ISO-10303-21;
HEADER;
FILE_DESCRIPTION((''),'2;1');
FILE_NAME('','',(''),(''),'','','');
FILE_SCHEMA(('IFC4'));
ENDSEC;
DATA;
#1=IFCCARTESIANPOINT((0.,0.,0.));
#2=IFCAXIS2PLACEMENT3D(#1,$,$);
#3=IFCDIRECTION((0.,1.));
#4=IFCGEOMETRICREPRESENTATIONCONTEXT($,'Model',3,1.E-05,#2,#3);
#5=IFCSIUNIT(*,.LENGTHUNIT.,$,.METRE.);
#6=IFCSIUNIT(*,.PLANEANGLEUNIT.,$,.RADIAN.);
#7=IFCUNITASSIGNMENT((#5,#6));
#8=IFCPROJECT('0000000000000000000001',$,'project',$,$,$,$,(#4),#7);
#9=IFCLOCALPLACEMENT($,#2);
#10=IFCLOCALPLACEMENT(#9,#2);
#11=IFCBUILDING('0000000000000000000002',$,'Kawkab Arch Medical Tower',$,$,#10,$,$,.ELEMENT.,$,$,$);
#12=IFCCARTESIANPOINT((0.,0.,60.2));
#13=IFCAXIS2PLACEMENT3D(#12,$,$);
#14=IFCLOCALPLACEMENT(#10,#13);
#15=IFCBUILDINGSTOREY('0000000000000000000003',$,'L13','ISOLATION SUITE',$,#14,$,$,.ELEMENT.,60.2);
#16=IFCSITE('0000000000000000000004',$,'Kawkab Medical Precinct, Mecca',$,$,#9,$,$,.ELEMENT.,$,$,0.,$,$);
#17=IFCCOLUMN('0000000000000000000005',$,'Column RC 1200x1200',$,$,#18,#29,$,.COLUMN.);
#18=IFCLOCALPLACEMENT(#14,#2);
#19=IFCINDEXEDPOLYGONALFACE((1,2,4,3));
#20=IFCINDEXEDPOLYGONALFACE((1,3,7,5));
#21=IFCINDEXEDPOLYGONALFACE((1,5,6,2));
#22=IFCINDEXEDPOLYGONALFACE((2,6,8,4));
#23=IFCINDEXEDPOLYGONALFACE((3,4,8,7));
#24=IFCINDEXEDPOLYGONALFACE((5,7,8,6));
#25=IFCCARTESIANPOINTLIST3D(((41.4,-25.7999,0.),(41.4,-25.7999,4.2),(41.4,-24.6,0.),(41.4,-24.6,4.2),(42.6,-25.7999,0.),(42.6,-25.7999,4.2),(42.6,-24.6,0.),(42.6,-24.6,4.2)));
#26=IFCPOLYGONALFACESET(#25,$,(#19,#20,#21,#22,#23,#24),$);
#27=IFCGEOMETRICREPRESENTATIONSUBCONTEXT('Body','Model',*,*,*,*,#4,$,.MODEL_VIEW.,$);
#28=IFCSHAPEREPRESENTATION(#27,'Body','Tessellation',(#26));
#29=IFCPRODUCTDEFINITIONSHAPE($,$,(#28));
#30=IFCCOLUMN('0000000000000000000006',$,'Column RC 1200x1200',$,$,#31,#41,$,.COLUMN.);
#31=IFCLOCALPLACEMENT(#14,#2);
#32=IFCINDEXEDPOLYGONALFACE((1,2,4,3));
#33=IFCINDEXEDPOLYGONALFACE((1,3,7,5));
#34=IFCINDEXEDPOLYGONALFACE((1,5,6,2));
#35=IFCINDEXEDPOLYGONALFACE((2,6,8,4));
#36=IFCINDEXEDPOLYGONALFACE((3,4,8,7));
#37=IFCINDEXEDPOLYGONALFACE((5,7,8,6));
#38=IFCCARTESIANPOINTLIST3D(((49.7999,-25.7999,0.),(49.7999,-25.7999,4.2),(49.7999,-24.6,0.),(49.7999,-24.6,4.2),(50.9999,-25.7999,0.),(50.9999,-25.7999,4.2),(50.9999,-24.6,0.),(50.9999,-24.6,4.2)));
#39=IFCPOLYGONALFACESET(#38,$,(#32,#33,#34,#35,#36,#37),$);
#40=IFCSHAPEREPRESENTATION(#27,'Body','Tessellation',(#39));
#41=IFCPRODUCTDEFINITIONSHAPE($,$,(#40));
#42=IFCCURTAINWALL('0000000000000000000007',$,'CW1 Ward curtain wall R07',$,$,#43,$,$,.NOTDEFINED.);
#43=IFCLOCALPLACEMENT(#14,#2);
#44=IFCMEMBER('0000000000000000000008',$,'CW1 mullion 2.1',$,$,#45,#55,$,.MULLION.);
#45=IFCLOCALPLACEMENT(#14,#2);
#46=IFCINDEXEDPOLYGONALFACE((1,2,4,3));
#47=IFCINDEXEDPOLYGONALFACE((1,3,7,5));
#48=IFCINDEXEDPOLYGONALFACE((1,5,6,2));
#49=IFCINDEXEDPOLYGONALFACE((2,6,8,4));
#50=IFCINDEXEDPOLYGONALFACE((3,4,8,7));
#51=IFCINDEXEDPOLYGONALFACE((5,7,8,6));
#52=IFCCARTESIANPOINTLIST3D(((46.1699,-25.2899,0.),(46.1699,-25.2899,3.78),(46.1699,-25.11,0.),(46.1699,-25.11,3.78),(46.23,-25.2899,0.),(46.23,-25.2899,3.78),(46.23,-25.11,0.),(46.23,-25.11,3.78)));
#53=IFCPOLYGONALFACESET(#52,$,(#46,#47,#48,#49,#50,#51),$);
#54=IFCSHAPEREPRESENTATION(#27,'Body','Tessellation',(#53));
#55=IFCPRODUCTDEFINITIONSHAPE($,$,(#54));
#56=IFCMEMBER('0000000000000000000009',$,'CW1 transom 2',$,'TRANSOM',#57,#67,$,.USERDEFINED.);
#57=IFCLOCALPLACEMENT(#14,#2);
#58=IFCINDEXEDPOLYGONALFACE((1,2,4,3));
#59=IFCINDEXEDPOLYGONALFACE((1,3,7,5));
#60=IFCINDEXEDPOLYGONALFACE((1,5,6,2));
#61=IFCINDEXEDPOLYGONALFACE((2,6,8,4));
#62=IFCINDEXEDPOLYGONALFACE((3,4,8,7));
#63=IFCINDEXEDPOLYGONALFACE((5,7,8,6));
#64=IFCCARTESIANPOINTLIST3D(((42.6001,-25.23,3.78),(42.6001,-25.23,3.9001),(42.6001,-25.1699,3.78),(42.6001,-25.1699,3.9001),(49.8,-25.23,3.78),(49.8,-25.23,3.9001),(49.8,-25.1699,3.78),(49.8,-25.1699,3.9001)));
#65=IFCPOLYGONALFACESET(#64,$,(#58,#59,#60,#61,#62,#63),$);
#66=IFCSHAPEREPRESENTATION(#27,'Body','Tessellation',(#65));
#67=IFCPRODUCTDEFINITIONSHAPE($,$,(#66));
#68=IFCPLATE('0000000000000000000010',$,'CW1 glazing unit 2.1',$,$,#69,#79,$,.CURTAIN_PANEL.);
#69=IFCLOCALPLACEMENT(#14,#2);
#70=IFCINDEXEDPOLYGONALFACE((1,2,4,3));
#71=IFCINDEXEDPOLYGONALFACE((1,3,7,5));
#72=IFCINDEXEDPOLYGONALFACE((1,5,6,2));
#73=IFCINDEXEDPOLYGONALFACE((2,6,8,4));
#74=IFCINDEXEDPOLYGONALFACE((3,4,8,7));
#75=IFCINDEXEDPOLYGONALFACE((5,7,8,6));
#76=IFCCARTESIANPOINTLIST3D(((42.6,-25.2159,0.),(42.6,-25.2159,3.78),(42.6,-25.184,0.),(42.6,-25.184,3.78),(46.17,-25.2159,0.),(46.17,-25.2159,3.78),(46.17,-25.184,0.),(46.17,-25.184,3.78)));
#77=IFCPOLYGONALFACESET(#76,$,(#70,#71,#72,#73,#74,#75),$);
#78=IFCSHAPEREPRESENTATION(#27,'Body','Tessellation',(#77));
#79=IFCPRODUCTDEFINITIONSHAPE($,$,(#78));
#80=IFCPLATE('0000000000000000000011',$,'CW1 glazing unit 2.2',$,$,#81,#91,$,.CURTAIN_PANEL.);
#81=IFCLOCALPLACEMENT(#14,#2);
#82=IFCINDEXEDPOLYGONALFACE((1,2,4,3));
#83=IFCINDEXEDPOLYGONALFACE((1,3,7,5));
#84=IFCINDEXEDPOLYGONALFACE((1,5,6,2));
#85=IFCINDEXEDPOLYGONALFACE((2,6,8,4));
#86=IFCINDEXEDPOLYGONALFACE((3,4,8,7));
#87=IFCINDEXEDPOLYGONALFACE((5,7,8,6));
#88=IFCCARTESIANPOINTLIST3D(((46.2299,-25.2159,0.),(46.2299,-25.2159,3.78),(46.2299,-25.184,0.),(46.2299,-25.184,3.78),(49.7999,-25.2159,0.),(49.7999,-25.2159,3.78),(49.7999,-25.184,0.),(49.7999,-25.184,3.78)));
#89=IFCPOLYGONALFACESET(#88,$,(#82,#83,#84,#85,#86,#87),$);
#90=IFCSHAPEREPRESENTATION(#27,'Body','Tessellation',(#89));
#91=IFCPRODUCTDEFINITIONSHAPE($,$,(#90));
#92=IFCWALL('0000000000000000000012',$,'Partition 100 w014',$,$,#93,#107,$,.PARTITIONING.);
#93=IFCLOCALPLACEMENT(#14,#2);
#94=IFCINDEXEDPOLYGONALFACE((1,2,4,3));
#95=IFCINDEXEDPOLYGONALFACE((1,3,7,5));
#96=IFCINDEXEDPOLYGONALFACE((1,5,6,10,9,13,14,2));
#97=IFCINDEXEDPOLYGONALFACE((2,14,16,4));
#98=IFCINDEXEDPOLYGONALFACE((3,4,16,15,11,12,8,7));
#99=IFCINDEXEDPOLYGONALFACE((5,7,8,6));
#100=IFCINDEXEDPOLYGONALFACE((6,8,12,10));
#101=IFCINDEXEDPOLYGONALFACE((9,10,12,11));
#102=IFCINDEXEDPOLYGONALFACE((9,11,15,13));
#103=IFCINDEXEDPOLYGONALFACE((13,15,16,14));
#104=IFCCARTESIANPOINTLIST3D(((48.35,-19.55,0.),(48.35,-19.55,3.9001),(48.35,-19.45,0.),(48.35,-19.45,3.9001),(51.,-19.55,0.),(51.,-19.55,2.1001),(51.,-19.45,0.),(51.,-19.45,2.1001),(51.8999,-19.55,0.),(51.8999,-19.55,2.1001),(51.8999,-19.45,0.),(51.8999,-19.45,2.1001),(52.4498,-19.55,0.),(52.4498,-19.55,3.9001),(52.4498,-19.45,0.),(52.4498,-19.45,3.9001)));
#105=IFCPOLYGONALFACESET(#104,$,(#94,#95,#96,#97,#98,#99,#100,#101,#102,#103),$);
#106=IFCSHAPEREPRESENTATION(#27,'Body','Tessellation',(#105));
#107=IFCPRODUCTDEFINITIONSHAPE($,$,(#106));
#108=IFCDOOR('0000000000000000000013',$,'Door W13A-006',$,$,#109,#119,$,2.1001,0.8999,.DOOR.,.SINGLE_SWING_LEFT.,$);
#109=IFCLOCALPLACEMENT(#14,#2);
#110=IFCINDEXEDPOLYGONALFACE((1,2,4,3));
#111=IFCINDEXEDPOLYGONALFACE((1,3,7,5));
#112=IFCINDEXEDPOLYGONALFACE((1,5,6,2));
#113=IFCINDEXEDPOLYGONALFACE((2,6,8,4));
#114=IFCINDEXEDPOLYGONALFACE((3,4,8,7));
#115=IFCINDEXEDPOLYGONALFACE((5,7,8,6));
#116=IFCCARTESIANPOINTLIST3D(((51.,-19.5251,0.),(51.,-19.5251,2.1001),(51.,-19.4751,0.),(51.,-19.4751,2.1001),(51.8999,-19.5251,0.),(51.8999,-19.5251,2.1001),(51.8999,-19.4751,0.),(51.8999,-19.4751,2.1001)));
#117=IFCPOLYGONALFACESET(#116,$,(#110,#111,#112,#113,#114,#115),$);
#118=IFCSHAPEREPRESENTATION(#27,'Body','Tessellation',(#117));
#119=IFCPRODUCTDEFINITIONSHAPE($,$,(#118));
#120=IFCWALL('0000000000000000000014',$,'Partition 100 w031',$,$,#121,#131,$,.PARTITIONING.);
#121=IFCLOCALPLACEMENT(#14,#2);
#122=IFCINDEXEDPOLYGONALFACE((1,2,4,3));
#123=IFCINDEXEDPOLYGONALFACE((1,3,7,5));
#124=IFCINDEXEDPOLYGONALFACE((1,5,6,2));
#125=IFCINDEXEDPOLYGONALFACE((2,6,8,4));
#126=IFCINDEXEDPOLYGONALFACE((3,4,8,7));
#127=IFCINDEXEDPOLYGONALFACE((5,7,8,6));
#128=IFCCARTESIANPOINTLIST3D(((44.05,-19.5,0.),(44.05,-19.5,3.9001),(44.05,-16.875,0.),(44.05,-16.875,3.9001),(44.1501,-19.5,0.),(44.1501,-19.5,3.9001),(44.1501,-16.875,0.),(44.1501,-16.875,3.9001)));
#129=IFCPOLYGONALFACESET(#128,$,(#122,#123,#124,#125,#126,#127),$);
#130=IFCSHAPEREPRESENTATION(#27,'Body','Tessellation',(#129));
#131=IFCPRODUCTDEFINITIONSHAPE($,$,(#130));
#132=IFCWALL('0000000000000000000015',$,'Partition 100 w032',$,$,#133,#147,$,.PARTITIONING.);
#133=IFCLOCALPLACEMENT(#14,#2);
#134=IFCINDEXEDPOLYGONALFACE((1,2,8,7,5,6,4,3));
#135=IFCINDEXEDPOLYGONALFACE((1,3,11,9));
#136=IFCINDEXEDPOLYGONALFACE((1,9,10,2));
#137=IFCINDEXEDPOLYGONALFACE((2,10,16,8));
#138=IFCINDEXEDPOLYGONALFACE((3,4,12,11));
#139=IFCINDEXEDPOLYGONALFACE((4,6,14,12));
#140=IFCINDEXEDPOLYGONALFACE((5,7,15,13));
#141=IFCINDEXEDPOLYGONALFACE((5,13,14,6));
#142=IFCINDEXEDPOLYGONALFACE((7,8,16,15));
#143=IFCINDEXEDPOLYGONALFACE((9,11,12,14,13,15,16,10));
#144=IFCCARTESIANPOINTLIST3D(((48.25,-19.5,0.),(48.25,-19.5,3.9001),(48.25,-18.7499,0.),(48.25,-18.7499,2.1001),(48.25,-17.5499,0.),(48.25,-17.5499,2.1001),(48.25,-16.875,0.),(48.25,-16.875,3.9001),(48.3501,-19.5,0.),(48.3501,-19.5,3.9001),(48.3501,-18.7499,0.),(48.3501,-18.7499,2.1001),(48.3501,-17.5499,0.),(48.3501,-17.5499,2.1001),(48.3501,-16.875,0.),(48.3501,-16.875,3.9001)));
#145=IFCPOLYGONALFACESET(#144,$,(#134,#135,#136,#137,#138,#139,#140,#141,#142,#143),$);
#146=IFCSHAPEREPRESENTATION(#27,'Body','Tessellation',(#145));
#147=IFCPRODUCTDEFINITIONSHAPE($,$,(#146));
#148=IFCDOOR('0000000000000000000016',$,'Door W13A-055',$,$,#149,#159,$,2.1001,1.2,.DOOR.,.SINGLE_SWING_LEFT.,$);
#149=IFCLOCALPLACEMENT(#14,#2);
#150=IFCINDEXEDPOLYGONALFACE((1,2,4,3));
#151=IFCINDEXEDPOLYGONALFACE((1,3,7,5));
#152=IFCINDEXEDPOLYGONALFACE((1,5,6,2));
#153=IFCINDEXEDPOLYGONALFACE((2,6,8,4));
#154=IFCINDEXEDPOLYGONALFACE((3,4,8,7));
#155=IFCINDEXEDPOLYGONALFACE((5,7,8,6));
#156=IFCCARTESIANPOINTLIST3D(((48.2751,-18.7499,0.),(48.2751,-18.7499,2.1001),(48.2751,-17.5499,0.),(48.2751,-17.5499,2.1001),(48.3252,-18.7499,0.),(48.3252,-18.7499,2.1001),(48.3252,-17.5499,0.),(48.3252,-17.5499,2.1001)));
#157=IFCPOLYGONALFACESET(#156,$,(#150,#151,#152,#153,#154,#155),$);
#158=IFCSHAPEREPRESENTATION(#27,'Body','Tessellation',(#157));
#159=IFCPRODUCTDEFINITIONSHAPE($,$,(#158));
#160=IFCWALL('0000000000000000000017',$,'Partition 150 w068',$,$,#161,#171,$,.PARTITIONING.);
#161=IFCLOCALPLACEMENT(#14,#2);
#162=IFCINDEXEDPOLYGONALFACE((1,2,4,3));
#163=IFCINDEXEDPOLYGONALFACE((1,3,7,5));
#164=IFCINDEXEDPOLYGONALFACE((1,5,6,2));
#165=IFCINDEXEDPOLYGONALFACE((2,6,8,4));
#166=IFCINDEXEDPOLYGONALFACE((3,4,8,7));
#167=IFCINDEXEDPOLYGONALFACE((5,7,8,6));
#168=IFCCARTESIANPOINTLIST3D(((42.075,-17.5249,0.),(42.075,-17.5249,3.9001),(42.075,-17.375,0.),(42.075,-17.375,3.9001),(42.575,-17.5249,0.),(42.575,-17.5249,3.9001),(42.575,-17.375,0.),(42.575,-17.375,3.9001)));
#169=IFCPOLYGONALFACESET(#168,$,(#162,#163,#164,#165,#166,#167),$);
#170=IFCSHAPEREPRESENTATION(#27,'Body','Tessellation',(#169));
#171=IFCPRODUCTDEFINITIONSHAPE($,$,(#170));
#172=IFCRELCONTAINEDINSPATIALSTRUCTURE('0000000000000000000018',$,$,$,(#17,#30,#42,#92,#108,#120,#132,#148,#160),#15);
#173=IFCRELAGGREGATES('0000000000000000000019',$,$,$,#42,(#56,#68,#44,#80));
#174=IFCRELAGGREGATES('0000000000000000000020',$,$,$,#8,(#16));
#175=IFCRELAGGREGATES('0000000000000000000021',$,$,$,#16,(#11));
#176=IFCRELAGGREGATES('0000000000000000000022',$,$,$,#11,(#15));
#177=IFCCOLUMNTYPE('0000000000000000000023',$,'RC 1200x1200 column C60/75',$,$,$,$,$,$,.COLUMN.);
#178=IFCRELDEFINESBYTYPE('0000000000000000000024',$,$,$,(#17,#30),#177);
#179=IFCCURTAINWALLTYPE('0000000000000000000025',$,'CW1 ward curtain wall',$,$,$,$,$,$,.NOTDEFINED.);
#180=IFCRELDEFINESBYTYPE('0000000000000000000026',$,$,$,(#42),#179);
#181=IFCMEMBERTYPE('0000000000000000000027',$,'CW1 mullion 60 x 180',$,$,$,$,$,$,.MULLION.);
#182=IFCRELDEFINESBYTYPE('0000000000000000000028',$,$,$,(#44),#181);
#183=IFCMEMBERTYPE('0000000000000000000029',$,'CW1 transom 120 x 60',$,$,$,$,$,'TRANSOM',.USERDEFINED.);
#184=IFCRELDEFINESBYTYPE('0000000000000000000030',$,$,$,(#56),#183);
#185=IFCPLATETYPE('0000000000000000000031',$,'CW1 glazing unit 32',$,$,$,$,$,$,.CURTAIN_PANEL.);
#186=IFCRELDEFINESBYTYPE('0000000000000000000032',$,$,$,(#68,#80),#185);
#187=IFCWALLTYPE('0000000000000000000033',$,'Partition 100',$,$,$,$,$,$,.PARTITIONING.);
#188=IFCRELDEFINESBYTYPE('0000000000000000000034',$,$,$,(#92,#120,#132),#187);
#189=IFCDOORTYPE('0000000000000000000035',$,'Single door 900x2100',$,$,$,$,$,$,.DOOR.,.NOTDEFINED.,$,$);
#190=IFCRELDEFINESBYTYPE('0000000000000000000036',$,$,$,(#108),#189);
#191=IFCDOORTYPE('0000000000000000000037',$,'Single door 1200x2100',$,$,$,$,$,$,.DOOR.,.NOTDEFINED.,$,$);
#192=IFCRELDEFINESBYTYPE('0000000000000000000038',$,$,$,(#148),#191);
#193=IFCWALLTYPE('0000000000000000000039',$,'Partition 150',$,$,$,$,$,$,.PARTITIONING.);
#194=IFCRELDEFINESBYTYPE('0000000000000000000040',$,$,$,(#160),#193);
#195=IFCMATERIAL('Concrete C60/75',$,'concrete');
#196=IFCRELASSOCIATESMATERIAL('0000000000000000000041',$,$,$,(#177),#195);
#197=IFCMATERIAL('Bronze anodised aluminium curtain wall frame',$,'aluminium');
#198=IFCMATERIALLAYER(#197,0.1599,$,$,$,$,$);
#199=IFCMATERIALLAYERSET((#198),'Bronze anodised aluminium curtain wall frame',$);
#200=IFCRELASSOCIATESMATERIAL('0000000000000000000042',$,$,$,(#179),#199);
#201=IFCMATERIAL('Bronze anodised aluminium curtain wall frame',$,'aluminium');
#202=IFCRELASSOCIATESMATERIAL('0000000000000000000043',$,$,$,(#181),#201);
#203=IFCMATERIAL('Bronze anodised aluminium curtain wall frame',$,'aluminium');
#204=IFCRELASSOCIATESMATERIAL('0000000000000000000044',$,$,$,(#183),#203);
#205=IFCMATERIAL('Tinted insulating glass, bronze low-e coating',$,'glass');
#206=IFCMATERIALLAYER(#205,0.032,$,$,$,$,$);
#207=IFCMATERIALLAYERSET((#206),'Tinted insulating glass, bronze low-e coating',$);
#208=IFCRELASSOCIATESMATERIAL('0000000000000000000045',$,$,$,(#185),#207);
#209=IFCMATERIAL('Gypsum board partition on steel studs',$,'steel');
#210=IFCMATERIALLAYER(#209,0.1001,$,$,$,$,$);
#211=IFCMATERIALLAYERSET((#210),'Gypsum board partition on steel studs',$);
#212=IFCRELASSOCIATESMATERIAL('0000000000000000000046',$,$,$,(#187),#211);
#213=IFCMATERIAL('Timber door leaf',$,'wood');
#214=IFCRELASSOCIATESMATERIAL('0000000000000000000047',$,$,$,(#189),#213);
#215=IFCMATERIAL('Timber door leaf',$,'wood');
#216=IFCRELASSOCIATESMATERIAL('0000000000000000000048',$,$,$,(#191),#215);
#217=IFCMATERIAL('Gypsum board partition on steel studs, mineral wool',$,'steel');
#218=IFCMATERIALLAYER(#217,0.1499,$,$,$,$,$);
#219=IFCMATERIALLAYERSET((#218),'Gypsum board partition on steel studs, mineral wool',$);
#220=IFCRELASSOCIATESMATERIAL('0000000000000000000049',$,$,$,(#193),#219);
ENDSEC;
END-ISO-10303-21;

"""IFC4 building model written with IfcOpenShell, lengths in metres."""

from ifc_helpers import new_model, si_unit, direction, frame, frame_2d, origin, origin_2d, place, context, subcontext, project, spatial, rectangle, extrude, material, layer, layer_set, material_profile, profile_set, type_object, element, fill, aggregate, save


model = new_model("IFC4")

# Units and contexts
model_context = context("Model", 3, precision=1e-05, world=origin(), true_north=direction((0.0, 1.0)))
body_context = subcontext(model_context, "Body", "Model", "MODEL_VIEW")
ifc_project = project(units=[si_unit("LENGTHUNIT", "METRE"), si_unit("PLANEANGLEUNIT", "RADIAN")], contexts=[model_context])

# Site, building, storey
site_placement = place(None, origin())
site = spatial("IfcSite", under=ifc_project, at=site_placement, Name="Kawkab Medical Precinct, Mecca", CompositionType="ELEMENT", RefElevation=0.0)
building_placement = place(site_placement, origin())
building = spatial("IfcBuilding", under=site, at=building_placement, Name="Kawkab Arch Medical Tower", CompositionType="ELEMENT")
storey_placement = place(building_placement, frame((0.0, 0.0, 60.2)))
storey = spatial("IfcBuildingStorey", under=building, at=storey_placement, Name="L13", Description="ISOLATION SUITE", CompositionType="ELEMENT", Elevation=60.2)

# Columns
ifc_material_1 = material(Name="Concrete C60/75", Category="concrete")
ifc_material_profile_1 = material_profile(ifc_material_1, rectangle(XDim=1.2, YDim=1.2, at=origin_2d()), Name="RC 1200x1200")
ifc_profile_set_1 = profile_set([ifc_material_profile_1], Name="Concrete C60/75")
column_type = type_object("IfcColumnType", Name="RC 1200x1200 column C60/75", PredefinedType="COLUMN", material=ifc_profile_set_1)
for number, where, z_axis, x_axis, name in (
    (1, (42.0, -25.2, 0.0), (0.0, 0.0, 1.0), (1.0, 0.0, 0.0), "Column RC 1200x1200"),
    (2, (50.3999, -25.2, 0.0), (0.0, 0.0, 1.0), (1.0, 0.0, 0.0), "Column RC 1200x1200"),
):
    element("IfcColumn", number, at=place(storey_placement, frame(where, z_axis=z_axis, x_axis=x_axis)), inside=storey, type_object=column_type, Name=name, PredefinedType="COLUMN", context=body_context, shape_type="SweptSolid", body=[
        extrude(rectangle(XDim=1.2, YDim=1.2, at=origin_2d()), origin(), (0.0, 0.0, 1.0), 4.2),
    ])

# Curtain wall, members, plates
ifc_material_2 = material(Name="Bronze anodised aluminium curtain wall frame", Category="aluminium")
ifc_layer_1 = layer(ifc_material_2, 0.1599)
ifc_layer_set_1 = layer_set([ifc_layer_1], Name="Bronze anodised aluminium curtain wall frame")
curtain_wall_type = type_object("IfcCurtainWallType", Name="CW1 ward curtain wall", PredefinedType="NOTDEFINED", material=ifc_layer_set_1)
curtain_wall_placement = place(storey_placement, origin())
curtain_wall = element("IfcCurtainWall", 3, at=curtain_wall_placement, inside=storey, type_object=curtain_wall_type, Name="CW1 Ward curtain wall R07", PredefinedType="NOTDEFINED")
ifc_material_3 = material(Name="Bronze anodised aluminium curtain wall frame", Category="aluminium")
ifc_material_profile_2 = material_profile(ifc_material_3, rectangle(XDim=0.1799, YDim=0.0601, at=origin_2d()), Name="AL 60x180")
ifc_profile_set_2 = profile_set([ifc_material_profile_2], Name="Bronze anodised aluminium curtain wall frame")
member_type_1 = type_object("IfcMemberType", Name="CW1 mullion 60 x 180", PredefinedType="MULLION", material=ifc_profile_set_2)
member_1_placement = place(storey_placement, frame((46.2, -25.2, 0.0), z_axis=(0.0, 0.0, 1.0), x_axis=(0.0, 1.0, 0.0)))
member_1 = element("IfcMember", 4, at=member_1_placement, type_object=member_type_1, Name="CW1 mullion 2.1", PredefinedType="MULLION", context=body_context, shape_type="SweptSolid", body=[
    extrude(rectangle(XDim=0.1799, YDim=0.0601, at=origin_2d()), origin(), (0.0, 0.0, 1.0), 3.78),
])
ifc_material_4 = material(Name="Bronze anodised aluminium curtain wall frame", Category="aluminium")
ifc_material_profile_3 = material_profile(ifc_material_4, rectangle(XDim=0.0601, YDim=0.1201, at=origin_2d()), Name="AL 60x120")
ifc_profile_set_3 = profile_set([ifc_material_profile_3], Name="Bronze anodised aluminium curtain wall frame")
member_type_2 = type_object("IfcMemberType", Name="CW1 transom 120 x 60", ElementType="TRANSOM", PredefinedType="USERDEFINED", material=ifc_profile_set_3)
member_2_placement = place(storey_placement, frame((42.6001, -25.2, 3.8401), z_axis=(1.0, 0.0, 0.0), x_axis=(0.0, 1.0, 0.0)))
member_2 = element("IfcMember", 5, at=member_2_placement, type_object=member_type_2, Name="CW1 transom 2", ObjectType="TRANSOM", PredefinedType="USERDEFINED", context=body_context, shape_type="SweptSolid", body=[
    extrude(rectangle(XDim=0.0601, YDim=0.1201, at=origin_2d()), origin(), (0.0, 0.0, 1.0), 7.2),
])
ifc_material_5 = material(Name="Tinted insulating glass, bronze low-e coating", Category="glass")
ifc_layer_2 = layer(ifc_material_5, 0.032)
ifc_layer_set_2 = layer_set([ifc_layer_2], Name="Tinted insulating glass, bronze low-e coating")
plate_type = type_object("IfcPlateType", Name="CW1 glazing unit 32", PredefinedType="CURTAIN_PANEL", material=ifc_layer_set_2)
plate_1_placement = place(storey_placement, frame((44.385, -25.2, 0.0), z_axis=(0.0, 0.0, 1.0), x_axis=(1.0, 0.0, 0.0)))
plate_1 = element("IfcPlate", 6, at=plate_1_placement, type_object=plate_type, Name="CW1 glazing unit 2.1", PredefinedType="CURTAIN_PANEL", context=body_context, shape_type="SweptSolid", body=[
    extrude(rectangle(XDim=3.5701, YDim=0.032, at=origin_2d()), origin(), (0.0, 0.0, 1.0), 3.78),
])
plate_2_placement = place(storey_placement, frame((48.0149, -25.2, 0.0), z_axis=(0.0, 0.0, 1.0), x_axis=(1.0, 0.0, 0.0)))
plate_2 = element("IfcPlate", 7, at=plate_2_placement, type_object=plate_type, Name="CW1 glazing unit 2.2", PredefinedType="CURTAIN_PANEL", context=body_context, shape_type="SweptSolid", body=[
    extrude(rectangle(XDim=3.5701, YDim=0.032, at=origin_2d()), origin(), (0.0, 0.0, 1.0), 3.78),
])
aggregate(curtain_wall, [member_2, plate_1, member_1, plate_2])

# Wall, opening, door
ifc_material_6 = material(Name="Gypsum board partition on steel studs", Category="steel")
ifc_layer_3 = layer(ifc_material_6, 0.1001)
ifc_layer_set_3 = layer_set([ifc_layer_3], Name="Gypsum board partition on steel studs")
wall_type_1 = type_object("IfcWallType", Name="Partition 100", PredefinedType="PARTITIONING", material=ifc_layer_set_3)
wall_1_placement = place(storey_placement, frame((48.3501, -19.5, 0.0), z_axis=(0.0, 0.0, 1.0), x_axis=(1.0, 0.0, 0.0)))
wall_1 = element("IfcWall", 8, at=wall_1_placement, inside=storey, type_object=wall_type_1, Name="Partition 100 w014", PredefinedType="PARTITIONING", context=body_context, shape_type="SweptSolid", body=[
    extrude(rectangle(XDim=4.0999, YDim=0.1001, at=frame_2d((2.0498, 0.0))), origin(), (0.0, 0.0, 1.0), 3.9001),
])
opening_1_placement = place(wall_1_placement, frame((2.6499, 0.0, 0.0)))
opening_1 = element("IfcOpeningElement", 9, at=opening_1_placement, cuts=wall_1, PredefinedType="OPENING", context=body_context, shape_type="SweptSolid", body=[
    extrude(rectangle(XDim=0.8999, YDim=2.1001, at=frame_2d((0.45, 1.05))), frame((0.0, 0.0601, 0.0), z_axis=(0.0, -1.0, 0.0), x_axis=(1.0, 0.0, 0.0)), (0.0, 0.0, 1.0), 0.1201),
])
ifc_material_7 = material(Name="Timber door leaf", Category="wood")
door_type_1 = type_object("IfcDoorType", Name="Single door 900x2100", OperationType="NOTDEFINED", PredefinedType="DOOR", material=ifc_material_7)
door_1_placement = place(opening_1_placement, origin())
door_1 = element("IfcDoor", 10, at=door_1_placement, inside=storey, type_object=door_type_1, Name="Door W13A-006", OperationType="SINGLE_SWING_LEFT", OverallHeight=2.1001, OverallWidth=0.8999, PredefinedType="DOOR", context=body_context, shape_type="SweptSolid", body=[
    extrude(rectangle(XDim=0.8999, YDim=2.1001, at=frame_2d((0.45, 1.05))), frame((0.0, 0.0249, 0.0), z_axis=(0.0, -1.0, 0.0), x_axis=(1.0, 0.0, 0.0)), (0.0, 0.0, 1.0), 0.05),
])
fill(opening_1, door_1)

# Wall
wall_2_placement = place(storey_placement, frame((44.1001, -19.5, 0.0), z_axis=(0.0, 0.0, 1.0), x_axis=(0.0, 1.0, 0.0)))
element("IfcWall", 11, at=wall_2_placement, inside=storey, type_object=wall_type_1, Name="Partition 100 w031", PredefinedType="PARTITIONING", context=body_context, shape_type="SweptSolid", body=[
    extrude(rectangle(XDim=2.625, YDim=0.1001, at=frame_2d((1.3125, 0.0))), origin(), (0.0, 0.0, 1.0), 3.9001),
])

# Wall, opening, door
wall_3_placement = place(storey_placement, frame((48.3, -19.5, 0.0), z_axis=(0.0, 0.0, 1.0), x_axis=(0.0, 1.0, 0.0)))
wall_3 = element("IfcWall", 12, at=wall_3_placement, inside=storey, type_object=wall_type_1, Name="Partition 100 w032", PredefinedType="PARTITIONING", context=body_context, shape_type="SweptSolid", body=[
    extrude(rectangle(XDim=2.625, YDim=0.1001, at=frame_2d((1.3125, 0.0))), origin(), (0.0, 0.0, 1.0), 3.9001),
])
opening_2_placement = place(wall_3_placement, frame((0.75, 0.0, 0.0)))
opening_2 = element("IfcOpeningElement", 13, at=opening_2_placement, cuts=wall_3, PredefinedType="OPENING", context=body_context, shape_type="SweptSolid", body=[
    extrude(rectangle(XDim=1.2, YDim=2.1001, at=frame_2d((0.6001, 1.05))), frame((0.0, 0.0601, 0.0), z_axis=(0.0, -1.0, 0.0), x_axis=(1.0, 0.0, 0.0)), (0.0, 0.0, 1.0), 0.1201),
])
ifc_material_8 = material(Name="Timber door leaf", Category="wood")
door_type_2 = type_object("IfcDoorType", Name="Single door 1200x2100", OperationType="NOTDEFINED", PredefinedType="DOOR", material=ifc_material_8)
door_2_placement = place(opening_2_placement, origin())
door_2 = element("IfcDoor", 14, at=door_2_placement, inside=storey, type_object=door_type_2, Name="Door W13A-055", OperationType="SINGLE_SWING_LEFT", OverallHeight=2.1001, OverallWidth=1.2, PredefinedType="DOOR", context=body_context, shape_type="SweptSolid", body=[
    extrude(rectangle(XDim=1.2, YDim=2.1001, at=frame_2d((0.6001, 1.05))), frame((0.0, 0.0249, 0.0), z_axis=(0.0, -1.0, 0.0), x_axis=(1.0, 0.0, 0.0)), (0.0, 0.0, 1.0), 0.05),
])
fill(opening_2, door_2)

# Wall
ifc_material_9 = material(Name="Gypsum board partition on steel studs, mineral wool", Category="steel")
ifc_layer_4 = layer(ifc_material_9, 0.1499)
ifc_layer_set_4 = layer_set([ifc_layer_4], Name="Gypsum board partition on steel studs, mineral wool")
wall_type_2 = type_object("IfcWallType", Name="Partition 150", PredefinedType="PARTITIONING", material=ifc_layer_set_4)
wall_4_placement = place(storey_placement, frame((42.075, -17.45, 0.0), z_axis=(0.0, 0.0, 1.0), x_axis=(1.0, 0.0, 0.0)))
element("IfcWall", 15, at=wall_4_placement, inside=storey, type_object=wall_type_2, Name="Partition 150 w068", PredefinedType="PARTITIONING", context=body_context, shape_type="SweptSolid", body=[
    extrude(rectangle(XDim=0.5, YDim=0.1499, at=frame_2d((0.25, 0.0))), origin(), (0.0, 0.0, 1.0), 3.9001),
])

save(model, "model.ifc")
